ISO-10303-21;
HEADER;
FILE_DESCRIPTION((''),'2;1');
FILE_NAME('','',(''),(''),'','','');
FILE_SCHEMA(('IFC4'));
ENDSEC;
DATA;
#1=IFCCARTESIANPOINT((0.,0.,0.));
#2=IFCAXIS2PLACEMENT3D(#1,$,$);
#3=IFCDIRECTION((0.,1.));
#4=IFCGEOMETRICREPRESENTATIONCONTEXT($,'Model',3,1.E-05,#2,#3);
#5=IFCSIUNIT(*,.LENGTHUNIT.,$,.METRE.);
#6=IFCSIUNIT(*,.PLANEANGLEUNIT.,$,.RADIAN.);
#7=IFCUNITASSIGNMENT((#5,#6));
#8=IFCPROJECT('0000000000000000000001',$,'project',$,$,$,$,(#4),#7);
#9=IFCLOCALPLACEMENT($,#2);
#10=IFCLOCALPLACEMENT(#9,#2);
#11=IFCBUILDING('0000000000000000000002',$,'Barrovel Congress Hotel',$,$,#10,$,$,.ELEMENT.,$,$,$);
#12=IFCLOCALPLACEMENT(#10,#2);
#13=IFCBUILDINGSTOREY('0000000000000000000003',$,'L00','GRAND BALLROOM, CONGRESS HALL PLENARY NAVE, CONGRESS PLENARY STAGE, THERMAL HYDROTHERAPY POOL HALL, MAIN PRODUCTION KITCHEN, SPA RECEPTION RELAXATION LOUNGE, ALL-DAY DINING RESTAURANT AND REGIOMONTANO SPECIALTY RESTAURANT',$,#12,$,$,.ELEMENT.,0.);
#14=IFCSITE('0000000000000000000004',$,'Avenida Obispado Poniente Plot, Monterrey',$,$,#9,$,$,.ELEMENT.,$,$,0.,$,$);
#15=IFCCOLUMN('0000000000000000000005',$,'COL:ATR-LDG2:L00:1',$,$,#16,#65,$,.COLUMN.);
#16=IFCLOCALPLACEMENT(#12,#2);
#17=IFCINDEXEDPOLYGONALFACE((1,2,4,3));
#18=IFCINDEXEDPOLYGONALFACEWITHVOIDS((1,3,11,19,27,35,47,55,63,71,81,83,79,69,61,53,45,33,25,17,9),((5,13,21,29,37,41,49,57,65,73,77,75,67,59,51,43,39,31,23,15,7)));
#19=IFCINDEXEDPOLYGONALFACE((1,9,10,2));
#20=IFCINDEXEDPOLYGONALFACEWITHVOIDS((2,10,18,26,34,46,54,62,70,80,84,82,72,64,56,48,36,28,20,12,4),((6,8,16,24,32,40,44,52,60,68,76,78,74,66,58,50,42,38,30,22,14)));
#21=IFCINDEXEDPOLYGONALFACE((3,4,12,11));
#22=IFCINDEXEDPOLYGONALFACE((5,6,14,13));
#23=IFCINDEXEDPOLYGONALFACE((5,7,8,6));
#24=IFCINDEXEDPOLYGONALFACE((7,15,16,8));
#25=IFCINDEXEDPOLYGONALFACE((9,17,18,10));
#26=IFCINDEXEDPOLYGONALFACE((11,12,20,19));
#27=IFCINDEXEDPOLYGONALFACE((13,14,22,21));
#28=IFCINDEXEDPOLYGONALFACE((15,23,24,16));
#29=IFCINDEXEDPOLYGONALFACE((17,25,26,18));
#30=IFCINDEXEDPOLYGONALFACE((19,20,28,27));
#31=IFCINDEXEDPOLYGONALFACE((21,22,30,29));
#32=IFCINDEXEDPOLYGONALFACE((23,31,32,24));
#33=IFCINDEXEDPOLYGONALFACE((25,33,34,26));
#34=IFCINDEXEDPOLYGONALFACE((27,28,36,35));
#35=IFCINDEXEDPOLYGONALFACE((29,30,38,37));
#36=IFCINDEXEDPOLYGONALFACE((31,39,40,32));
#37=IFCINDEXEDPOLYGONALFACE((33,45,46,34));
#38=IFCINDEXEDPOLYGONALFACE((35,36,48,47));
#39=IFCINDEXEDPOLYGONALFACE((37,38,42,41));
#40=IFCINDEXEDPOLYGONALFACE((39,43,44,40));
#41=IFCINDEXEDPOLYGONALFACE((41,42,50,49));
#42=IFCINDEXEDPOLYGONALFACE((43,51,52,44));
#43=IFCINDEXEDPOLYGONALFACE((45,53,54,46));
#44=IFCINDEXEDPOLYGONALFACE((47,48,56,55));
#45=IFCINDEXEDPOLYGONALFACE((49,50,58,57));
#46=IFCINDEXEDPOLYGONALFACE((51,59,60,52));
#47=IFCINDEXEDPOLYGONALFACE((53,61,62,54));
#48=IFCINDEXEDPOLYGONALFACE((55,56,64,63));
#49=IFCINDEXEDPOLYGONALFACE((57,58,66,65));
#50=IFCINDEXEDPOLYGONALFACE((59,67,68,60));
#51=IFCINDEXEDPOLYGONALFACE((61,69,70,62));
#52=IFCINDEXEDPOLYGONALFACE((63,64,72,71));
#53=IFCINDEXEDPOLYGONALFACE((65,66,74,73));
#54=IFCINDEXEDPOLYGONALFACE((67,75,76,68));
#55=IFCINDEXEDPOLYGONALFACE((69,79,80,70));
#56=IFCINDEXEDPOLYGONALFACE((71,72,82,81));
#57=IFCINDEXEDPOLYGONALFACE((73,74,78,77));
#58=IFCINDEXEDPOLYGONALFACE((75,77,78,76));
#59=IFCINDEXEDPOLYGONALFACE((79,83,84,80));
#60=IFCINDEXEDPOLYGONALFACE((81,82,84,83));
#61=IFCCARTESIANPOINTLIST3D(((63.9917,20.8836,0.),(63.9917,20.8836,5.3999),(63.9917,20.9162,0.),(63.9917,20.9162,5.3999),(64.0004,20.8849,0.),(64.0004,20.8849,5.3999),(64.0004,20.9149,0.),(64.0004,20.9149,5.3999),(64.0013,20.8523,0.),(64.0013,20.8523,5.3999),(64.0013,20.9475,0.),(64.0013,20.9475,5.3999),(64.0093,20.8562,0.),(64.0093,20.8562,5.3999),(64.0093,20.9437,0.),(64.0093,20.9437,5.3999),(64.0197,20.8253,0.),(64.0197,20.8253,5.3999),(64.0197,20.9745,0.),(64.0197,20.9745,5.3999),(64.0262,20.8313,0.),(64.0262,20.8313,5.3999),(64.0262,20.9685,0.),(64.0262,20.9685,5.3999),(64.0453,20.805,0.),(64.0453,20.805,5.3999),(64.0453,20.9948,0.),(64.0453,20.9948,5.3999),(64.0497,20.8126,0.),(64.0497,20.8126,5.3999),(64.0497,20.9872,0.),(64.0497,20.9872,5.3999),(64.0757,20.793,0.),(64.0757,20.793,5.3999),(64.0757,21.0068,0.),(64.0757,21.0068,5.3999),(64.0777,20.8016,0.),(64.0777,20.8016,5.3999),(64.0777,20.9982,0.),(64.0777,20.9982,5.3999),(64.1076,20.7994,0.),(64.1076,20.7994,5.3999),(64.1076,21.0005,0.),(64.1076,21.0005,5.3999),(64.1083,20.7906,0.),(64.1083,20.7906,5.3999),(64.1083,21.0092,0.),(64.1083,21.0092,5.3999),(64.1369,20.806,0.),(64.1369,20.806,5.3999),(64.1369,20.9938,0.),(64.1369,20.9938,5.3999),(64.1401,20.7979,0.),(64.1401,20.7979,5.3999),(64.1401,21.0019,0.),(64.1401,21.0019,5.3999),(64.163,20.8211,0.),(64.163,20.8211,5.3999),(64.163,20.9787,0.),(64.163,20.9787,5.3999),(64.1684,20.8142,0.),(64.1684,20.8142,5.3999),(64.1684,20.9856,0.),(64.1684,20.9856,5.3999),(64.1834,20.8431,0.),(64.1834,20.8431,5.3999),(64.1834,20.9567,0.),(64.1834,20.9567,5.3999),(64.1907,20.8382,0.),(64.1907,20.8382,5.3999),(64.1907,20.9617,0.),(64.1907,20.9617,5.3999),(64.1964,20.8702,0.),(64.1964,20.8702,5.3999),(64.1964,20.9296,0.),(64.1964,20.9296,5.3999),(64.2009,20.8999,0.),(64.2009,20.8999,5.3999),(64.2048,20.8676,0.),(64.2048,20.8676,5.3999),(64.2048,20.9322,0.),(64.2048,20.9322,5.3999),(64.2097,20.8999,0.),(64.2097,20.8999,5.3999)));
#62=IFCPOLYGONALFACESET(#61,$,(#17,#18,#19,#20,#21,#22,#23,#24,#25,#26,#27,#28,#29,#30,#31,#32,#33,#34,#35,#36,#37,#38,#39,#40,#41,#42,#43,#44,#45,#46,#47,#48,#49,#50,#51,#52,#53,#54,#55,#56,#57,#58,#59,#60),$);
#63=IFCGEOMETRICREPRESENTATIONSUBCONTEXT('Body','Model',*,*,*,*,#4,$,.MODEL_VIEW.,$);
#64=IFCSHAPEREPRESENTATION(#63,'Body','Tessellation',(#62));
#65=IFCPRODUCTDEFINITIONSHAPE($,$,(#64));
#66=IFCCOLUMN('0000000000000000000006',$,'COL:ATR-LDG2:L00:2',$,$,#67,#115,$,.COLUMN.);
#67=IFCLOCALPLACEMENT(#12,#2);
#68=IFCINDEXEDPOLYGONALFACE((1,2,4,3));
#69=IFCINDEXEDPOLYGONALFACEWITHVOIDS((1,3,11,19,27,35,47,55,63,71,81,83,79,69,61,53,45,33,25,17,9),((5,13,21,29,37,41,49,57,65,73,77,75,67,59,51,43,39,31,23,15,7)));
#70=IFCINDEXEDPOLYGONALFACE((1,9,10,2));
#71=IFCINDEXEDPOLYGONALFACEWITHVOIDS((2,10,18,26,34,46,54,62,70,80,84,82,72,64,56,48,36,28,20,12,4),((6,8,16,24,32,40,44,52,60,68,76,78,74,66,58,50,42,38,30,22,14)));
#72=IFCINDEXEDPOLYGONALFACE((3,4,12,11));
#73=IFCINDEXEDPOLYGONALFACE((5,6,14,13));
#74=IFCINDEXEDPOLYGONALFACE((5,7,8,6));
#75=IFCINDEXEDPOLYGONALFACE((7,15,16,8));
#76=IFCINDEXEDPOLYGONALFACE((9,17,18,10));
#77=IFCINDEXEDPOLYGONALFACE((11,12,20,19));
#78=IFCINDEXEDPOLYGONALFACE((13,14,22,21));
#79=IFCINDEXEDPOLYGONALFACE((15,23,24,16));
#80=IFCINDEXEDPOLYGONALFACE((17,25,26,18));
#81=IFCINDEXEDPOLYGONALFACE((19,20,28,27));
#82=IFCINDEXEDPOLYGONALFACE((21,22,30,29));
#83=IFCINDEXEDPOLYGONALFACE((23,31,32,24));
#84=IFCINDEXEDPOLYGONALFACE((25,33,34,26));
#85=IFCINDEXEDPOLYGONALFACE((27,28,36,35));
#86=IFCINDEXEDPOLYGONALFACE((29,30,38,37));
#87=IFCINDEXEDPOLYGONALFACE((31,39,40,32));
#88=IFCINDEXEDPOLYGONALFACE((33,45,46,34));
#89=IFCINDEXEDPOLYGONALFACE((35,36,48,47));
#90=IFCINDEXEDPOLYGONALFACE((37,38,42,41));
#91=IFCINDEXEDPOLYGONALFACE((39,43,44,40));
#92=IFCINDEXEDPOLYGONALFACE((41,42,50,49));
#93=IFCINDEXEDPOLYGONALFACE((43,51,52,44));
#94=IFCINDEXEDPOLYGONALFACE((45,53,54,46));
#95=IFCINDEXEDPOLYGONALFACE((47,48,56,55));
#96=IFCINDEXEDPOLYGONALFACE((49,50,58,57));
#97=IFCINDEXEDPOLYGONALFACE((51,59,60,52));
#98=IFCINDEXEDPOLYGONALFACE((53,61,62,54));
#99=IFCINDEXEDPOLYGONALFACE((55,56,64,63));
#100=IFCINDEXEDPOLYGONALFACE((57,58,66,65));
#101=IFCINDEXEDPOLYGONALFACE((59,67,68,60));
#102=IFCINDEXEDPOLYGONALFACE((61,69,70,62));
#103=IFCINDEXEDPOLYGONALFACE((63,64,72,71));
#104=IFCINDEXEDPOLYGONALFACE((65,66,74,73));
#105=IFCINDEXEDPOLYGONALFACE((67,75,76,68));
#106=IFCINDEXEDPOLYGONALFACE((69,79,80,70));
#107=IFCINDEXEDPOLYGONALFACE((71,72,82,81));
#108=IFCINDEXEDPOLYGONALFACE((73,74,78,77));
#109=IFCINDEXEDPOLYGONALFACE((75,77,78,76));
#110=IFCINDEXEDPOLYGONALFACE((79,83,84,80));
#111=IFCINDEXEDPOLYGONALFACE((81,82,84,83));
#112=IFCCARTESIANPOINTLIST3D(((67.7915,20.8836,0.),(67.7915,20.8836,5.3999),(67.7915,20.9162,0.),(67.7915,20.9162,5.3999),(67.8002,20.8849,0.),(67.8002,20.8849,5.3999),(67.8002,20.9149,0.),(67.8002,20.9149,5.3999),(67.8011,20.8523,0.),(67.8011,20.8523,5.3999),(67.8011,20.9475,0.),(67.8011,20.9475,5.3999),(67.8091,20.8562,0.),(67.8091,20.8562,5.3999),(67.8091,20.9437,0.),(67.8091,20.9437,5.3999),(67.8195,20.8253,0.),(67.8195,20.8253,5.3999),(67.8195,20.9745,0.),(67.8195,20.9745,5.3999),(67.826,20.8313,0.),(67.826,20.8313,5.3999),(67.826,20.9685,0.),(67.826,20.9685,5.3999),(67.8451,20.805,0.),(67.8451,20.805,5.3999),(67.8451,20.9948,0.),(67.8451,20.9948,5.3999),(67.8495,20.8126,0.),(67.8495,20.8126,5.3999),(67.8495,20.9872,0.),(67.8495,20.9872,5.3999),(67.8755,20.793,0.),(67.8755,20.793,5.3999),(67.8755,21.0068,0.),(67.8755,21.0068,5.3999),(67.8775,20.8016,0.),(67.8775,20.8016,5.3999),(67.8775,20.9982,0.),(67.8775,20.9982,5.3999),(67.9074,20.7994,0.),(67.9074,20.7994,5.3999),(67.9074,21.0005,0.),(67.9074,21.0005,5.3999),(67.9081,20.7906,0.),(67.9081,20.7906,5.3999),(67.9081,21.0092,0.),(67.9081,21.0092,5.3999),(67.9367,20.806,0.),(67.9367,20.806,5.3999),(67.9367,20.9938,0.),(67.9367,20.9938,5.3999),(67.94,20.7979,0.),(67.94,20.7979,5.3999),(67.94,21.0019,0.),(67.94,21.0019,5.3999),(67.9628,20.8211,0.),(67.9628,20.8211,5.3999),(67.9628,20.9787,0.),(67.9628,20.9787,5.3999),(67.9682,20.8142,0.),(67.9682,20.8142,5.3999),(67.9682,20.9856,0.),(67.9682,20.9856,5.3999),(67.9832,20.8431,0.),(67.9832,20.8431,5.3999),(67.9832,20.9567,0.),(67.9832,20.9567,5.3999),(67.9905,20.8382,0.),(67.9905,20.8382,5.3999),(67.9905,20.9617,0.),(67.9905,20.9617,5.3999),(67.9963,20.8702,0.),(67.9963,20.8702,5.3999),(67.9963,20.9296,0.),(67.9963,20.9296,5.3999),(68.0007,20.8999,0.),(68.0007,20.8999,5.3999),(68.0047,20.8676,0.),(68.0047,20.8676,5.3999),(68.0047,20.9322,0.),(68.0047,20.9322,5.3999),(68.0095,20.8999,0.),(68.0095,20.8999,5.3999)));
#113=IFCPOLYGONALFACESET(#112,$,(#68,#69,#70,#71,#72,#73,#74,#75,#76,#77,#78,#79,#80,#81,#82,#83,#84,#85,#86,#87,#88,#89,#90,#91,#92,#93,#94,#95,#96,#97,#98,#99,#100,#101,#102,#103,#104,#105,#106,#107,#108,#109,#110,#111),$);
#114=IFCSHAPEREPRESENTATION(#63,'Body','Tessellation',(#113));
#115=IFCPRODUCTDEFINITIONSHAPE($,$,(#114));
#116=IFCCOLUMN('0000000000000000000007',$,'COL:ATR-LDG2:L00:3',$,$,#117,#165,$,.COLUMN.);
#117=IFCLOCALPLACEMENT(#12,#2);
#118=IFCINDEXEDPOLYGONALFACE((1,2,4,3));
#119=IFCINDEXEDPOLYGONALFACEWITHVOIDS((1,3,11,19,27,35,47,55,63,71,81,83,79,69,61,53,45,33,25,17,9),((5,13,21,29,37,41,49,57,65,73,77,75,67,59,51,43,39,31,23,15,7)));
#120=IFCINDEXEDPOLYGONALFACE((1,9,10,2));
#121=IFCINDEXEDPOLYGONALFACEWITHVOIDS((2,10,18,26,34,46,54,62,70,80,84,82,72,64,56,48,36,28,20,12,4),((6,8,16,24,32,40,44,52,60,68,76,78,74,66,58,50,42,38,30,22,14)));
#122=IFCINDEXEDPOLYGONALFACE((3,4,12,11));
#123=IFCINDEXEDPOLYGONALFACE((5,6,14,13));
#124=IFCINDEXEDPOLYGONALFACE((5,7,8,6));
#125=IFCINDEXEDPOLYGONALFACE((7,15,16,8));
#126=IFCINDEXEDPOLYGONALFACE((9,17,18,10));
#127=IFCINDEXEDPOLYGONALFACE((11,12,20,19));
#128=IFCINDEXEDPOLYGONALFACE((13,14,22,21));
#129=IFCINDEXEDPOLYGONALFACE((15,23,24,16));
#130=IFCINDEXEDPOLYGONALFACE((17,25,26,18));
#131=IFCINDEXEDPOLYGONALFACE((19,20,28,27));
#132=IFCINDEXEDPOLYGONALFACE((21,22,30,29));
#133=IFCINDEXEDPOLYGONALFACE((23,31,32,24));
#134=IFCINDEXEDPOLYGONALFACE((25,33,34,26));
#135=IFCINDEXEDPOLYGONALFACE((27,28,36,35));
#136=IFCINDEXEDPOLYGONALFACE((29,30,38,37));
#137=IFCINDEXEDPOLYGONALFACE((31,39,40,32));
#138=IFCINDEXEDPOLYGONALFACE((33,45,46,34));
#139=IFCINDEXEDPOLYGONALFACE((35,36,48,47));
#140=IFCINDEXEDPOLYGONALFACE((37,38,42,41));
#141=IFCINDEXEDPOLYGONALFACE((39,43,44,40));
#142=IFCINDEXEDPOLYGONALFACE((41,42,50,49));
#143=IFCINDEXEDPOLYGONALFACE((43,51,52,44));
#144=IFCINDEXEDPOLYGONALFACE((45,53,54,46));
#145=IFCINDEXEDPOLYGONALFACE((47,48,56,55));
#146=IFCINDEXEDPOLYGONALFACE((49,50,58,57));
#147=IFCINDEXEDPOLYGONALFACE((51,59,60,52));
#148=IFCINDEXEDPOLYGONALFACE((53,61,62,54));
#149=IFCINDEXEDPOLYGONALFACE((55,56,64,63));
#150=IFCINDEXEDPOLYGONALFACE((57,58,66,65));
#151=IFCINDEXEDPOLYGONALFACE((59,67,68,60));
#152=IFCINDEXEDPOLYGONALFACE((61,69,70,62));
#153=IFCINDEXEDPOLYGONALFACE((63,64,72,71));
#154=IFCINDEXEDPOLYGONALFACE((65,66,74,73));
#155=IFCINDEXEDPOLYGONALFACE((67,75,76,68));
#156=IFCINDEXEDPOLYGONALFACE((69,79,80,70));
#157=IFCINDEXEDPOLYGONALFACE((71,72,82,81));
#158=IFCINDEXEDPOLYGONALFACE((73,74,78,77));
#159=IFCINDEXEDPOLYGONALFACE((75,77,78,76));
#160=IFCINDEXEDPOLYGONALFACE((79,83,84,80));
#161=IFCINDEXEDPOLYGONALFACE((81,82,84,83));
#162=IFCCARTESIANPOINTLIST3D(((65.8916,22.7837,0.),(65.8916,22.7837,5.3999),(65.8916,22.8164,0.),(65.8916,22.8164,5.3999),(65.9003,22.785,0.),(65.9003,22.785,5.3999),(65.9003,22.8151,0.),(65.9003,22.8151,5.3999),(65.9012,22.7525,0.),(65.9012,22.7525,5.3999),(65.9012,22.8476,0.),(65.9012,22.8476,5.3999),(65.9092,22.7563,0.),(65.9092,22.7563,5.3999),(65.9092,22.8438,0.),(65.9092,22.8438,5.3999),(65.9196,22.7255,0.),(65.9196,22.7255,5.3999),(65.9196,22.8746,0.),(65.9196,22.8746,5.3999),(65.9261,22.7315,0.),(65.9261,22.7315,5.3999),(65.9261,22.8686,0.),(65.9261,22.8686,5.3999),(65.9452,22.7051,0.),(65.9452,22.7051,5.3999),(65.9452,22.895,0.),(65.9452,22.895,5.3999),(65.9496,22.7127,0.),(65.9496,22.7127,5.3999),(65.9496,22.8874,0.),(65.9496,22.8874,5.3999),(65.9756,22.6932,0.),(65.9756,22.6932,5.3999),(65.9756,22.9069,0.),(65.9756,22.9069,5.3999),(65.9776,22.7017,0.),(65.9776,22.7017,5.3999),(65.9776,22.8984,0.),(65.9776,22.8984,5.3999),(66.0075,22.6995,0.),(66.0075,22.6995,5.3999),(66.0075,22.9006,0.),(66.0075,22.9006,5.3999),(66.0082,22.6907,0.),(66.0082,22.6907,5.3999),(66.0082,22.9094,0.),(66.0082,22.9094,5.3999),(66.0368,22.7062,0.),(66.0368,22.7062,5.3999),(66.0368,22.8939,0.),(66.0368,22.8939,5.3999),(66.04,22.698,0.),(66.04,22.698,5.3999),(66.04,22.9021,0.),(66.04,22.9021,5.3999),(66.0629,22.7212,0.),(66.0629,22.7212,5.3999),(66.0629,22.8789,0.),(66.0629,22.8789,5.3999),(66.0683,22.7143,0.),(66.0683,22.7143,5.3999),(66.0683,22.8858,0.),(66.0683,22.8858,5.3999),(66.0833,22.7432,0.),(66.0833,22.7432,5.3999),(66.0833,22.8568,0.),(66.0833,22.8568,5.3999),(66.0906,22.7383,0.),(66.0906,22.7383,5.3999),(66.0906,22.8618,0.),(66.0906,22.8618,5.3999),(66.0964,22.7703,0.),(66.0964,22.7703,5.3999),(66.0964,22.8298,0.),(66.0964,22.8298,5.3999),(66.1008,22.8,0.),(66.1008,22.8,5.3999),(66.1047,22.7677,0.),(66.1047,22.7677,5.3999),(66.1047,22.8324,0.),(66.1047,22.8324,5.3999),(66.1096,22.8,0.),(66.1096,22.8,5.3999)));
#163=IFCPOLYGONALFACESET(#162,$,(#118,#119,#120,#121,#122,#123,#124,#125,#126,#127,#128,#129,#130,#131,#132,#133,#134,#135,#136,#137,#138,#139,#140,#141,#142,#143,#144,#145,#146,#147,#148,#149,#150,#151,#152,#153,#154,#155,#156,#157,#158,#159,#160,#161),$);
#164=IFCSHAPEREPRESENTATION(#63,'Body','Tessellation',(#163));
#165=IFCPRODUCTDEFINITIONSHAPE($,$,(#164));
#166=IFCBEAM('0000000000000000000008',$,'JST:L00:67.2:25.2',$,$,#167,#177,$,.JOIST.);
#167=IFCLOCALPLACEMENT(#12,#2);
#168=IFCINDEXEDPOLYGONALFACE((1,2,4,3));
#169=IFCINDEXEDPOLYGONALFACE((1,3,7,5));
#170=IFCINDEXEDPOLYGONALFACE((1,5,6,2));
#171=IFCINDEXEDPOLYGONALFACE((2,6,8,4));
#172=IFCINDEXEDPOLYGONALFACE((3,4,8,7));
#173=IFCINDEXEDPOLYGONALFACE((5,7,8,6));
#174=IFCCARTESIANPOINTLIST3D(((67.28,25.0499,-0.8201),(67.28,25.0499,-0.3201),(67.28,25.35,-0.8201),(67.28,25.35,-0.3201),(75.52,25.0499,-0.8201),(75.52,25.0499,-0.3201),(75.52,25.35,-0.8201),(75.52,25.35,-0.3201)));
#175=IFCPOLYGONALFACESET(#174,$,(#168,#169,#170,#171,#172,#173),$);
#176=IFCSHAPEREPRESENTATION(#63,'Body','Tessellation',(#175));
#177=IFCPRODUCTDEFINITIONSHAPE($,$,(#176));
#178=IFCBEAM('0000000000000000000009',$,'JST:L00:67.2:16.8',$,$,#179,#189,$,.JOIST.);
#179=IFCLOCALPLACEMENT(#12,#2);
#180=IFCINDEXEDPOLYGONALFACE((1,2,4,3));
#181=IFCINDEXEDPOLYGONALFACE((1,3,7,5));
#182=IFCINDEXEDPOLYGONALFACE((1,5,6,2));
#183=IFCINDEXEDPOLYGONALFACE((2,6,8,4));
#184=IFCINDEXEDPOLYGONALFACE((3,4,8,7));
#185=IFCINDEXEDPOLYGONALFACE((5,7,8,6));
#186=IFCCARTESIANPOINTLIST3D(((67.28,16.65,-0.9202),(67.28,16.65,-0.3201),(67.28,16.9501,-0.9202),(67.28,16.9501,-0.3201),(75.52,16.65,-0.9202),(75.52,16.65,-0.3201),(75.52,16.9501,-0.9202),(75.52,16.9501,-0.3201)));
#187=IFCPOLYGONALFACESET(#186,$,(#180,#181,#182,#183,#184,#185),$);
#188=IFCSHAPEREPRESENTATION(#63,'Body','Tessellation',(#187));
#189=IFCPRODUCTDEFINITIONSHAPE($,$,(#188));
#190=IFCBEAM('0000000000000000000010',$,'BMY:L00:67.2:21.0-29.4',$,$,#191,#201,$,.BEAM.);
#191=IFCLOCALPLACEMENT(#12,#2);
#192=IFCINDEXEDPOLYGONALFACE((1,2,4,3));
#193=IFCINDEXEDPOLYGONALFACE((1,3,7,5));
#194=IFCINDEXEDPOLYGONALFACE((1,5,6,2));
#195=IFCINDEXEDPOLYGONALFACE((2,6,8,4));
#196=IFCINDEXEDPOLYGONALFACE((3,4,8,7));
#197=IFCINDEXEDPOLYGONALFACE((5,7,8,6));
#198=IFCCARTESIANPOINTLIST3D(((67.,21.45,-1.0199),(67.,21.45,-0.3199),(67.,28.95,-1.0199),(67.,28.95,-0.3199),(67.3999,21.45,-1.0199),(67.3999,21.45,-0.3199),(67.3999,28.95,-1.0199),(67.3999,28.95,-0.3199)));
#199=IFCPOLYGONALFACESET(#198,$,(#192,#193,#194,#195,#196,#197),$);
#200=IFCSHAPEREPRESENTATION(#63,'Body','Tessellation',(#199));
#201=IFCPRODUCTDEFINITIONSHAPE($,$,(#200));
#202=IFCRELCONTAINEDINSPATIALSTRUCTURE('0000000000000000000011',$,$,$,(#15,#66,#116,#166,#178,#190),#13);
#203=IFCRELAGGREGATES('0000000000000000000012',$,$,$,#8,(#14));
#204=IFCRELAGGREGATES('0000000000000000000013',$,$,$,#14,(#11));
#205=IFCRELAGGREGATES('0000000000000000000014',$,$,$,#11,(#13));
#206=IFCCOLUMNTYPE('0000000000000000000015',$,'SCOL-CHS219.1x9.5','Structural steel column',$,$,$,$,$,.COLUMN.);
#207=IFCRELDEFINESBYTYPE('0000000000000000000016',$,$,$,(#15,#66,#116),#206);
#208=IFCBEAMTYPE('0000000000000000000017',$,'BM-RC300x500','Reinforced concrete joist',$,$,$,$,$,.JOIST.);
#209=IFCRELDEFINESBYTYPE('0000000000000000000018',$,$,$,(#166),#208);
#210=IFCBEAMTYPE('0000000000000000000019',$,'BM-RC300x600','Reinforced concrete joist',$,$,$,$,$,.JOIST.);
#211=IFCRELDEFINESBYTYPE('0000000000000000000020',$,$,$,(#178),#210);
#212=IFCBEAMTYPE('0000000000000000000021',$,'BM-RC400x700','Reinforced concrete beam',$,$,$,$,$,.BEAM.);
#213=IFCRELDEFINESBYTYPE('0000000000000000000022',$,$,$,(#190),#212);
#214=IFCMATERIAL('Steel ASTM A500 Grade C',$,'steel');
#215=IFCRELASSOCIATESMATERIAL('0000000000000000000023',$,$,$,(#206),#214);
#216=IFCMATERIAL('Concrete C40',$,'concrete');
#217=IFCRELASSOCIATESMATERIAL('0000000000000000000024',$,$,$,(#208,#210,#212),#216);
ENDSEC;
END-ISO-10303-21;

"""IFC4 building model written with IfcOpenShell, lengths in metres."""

from ifc_helpers import new_model, si_unit, direction, frame, origin, origin_2d, place, context, subcontext, project, spatial, rectangle, hollow_circle, extrude, material, material_profile, profile_set, type_object, element, save


model = new_model("IFC4")

# Units and contexts
model_context = context("Model", 3, precision=1e-05, world=origin(), true_north=direction((0.0, 1.0)))
body_context = subcontext(model_context, "Body", "Model", "MODEL_VIEW")
ifc_project = project(units=[si_unit("LENGTHUNIT", "METRE"), si_unit("PLANEANGLEUNIT", "RADIAN")], contexts=[model_context])

# Site, building, storey
site_placement = place(None, origin())
site = spatial("IfcSite", under=ifc_project, at=site_placement, Name="Avenida Obispado Poniente Plot, Monterrey", CompositionType="ELEMENT", RefElevation=0.0)
building_placement = place(site_placement, origin())
building = spatial("IfcBuilding", under=site, at=building_placement, Name="Barrovel Congress Hotel", CompositionType="ELEMENT")
storey_placement = place(building_placement, origin())
storey = spatial("IfcBuildingStorey", under=building, at=storey_placement, Name="L00", Description="GRAND BALLROOM, CONGRESS HALL PLENARY NAVE, CONGRESS PLENARY STAGE, THERMAL HYDROTHERAPY POOL HALL, MAIN PRODUCTION KITCHEN, SPA RECEPTION RELAXATION LOUNGE, ALL-DAY DINING RESTAURANT AND REGIOMONTANO SPECIALTY RESTAURANT", CompositionType="ELEMENT", Elevation=0.0)

# Columns
ifc_material_1 = material(Name="Steel ASTM A500 Grade C", Category="steel")
ifc_material_profile_1 = material_profile(ifc_material_1, hollow_circle(Radius=0.1096, WallThickness=0.0088, at=origin_2d()), Name="CHS219.1x9.5")
ifc_profile_set_1 = profile_set([ifc_material_profile_1], Name="Steel ASTM A500 Grade C")
column_type_1 = type_object("IfcColumnType", Name="SCOL-CHS219.1x9.5", Description="Structural steel column", PredefinedType="COLUMN", material=ifc_profile_set_1)
for number, where, z_axis, x_axis, name in (
    (1, (64.1001, 20.8999, 0.0), (0.0, 0.0, 1.0), (1.0, 0.0, 0.0), "COL:ATR-LDG2:L00:1"),
    (2, (67.8999, 20.8999, 0.0), (0.0, 0.0, 1.0), (1.0, 0.0, 0.0), "COL:ATR-LDG2:L00:2"),
    (3, (66.0, 22.8, 0.0), (0.0, 0.0, 1.0), (1.0, 0.0, 0.0), "COL:ATR-LDG2:L00:3"),
):
    element("IfcColumn", number, at=place(storey_placement, frame(where, z_axis=z_axis, x_axis=x_axis)), inside=storey, type_object=column_type_1, Name=name, PredefinedType="COLUMN", context=body_context, shape_type="SweptSolid", body=[
        extrude(hollow_circle(Radius=0.1096, WallThickness=0.0088, at=origin_2d()), origin(), (0.0, 0.0, 1.0), 5.3999),
    ])

# Beams
ifc_material_2 = material(Name="Concrete C40", Category="concrete")
ifc_material_profile_2 = material_profile(ifc_material_2, rectangle(XDim=0.3, YDim=0.5, at=origin_2d()), Name="RC300x500")
ifc_profile_set_2 = profile_set([ifc_material_profile_2], Name="Concrete C40")
beam_type_1 = type_object("IfcBeamType", Name="BM-RC300x500", Description="Reinforced concrete joist", PredefinedType="JOIST", material=ifc_profile_set_2)
beam_1_placement = place(storey_placement, frame((67.28, 25.2, -0.5701), z_axis=(1.0, 0.0, 0.0), x_axis=(0.0, 1.0, 0.0)))
element("IfcBeam", 4, at=beam_1_placement, inside=storey, type_object=beam_type_1, Name="JST:L00:67.2:25.2", PredefinedType="JOIST", context=body_context, shape_type="SweptSolid", body=[
    extrude(rectangle(XDim=0.3, YDim=0.5, at=origin_2d()), origin(), (0.0, 0.0, 1.0), 8.24),
])
ifc_material_profile_3 = material_profile(ifc_material_2, rectangle(XDim=0.3, YDim=0.6001, at=origin_2d()), Name="RC300x600")
ifc_profile_set_3 = profile_set([ifc_material_profile_3], Name="Concrete C40")
beam_type_2 = type_object("IfcBeamType", Name="BM-RC300x600", Description="Reinforced concrete joist", PredefinedType="JOIST", material=ifc_profile_set_3)
beam_2_placement = place(storey_placement, frame((67.28, 16.8, -0.6201), z_axis=(1.0, 0.0, 0.0), x_axis=(0.0, 1.0, 0.0)))
element("IfcBeam", 5, at=beam_2_placement, inside=storey, type_object=beam_type_2, Name="JST:L00:67.2:16.8", PredefinedType="JOIST", context=body_context, shape_type="SweptSolid", body=[
    extrude(rectangle(XDim=0.3, YDim=0.6001, at=origin_2d()), origin(), (0.0, 0.0, 1.0), 8.24),
])
ifc_material_profile_4 = material_profile(ifc_material_2, rectangle(XDim=0.3999, YDim=0.7, at=origin_2d()), Name="RC400x700")
ifc_profile_set_4 = profile_set([ifc_material_profile_4], Name="Concrete C40")
beam_type_3 = type_object("IfcBeamType", Name="BM-RC400x700", Description="Reinforced concrete beam", PredefinedType="BEAM", material=ifc_profile_set_4)
beam_3_placement = place(storey_placement, frame((67.2, 21.45, -0.6699), z_axis=(0.0, 1.0, 0.0), x_axis=(-1.0, 0.0, 0.0)))
element("IfcBeam", 6, at=beam_3_placement, inside=storey, type_object=beam_type_3, Name="BMY:L00:67.2:21.0-29.4", PredefinedType="BEAM", context=body_context, shape_type="SweptSolid", body=[
    extrude(rectangle(XDim=0.3999, YDim=0.7, at=origin_2d()), origin(), (0.0, 0.0, 1.0), 7.5),
])

save(model, "model.ifc")
